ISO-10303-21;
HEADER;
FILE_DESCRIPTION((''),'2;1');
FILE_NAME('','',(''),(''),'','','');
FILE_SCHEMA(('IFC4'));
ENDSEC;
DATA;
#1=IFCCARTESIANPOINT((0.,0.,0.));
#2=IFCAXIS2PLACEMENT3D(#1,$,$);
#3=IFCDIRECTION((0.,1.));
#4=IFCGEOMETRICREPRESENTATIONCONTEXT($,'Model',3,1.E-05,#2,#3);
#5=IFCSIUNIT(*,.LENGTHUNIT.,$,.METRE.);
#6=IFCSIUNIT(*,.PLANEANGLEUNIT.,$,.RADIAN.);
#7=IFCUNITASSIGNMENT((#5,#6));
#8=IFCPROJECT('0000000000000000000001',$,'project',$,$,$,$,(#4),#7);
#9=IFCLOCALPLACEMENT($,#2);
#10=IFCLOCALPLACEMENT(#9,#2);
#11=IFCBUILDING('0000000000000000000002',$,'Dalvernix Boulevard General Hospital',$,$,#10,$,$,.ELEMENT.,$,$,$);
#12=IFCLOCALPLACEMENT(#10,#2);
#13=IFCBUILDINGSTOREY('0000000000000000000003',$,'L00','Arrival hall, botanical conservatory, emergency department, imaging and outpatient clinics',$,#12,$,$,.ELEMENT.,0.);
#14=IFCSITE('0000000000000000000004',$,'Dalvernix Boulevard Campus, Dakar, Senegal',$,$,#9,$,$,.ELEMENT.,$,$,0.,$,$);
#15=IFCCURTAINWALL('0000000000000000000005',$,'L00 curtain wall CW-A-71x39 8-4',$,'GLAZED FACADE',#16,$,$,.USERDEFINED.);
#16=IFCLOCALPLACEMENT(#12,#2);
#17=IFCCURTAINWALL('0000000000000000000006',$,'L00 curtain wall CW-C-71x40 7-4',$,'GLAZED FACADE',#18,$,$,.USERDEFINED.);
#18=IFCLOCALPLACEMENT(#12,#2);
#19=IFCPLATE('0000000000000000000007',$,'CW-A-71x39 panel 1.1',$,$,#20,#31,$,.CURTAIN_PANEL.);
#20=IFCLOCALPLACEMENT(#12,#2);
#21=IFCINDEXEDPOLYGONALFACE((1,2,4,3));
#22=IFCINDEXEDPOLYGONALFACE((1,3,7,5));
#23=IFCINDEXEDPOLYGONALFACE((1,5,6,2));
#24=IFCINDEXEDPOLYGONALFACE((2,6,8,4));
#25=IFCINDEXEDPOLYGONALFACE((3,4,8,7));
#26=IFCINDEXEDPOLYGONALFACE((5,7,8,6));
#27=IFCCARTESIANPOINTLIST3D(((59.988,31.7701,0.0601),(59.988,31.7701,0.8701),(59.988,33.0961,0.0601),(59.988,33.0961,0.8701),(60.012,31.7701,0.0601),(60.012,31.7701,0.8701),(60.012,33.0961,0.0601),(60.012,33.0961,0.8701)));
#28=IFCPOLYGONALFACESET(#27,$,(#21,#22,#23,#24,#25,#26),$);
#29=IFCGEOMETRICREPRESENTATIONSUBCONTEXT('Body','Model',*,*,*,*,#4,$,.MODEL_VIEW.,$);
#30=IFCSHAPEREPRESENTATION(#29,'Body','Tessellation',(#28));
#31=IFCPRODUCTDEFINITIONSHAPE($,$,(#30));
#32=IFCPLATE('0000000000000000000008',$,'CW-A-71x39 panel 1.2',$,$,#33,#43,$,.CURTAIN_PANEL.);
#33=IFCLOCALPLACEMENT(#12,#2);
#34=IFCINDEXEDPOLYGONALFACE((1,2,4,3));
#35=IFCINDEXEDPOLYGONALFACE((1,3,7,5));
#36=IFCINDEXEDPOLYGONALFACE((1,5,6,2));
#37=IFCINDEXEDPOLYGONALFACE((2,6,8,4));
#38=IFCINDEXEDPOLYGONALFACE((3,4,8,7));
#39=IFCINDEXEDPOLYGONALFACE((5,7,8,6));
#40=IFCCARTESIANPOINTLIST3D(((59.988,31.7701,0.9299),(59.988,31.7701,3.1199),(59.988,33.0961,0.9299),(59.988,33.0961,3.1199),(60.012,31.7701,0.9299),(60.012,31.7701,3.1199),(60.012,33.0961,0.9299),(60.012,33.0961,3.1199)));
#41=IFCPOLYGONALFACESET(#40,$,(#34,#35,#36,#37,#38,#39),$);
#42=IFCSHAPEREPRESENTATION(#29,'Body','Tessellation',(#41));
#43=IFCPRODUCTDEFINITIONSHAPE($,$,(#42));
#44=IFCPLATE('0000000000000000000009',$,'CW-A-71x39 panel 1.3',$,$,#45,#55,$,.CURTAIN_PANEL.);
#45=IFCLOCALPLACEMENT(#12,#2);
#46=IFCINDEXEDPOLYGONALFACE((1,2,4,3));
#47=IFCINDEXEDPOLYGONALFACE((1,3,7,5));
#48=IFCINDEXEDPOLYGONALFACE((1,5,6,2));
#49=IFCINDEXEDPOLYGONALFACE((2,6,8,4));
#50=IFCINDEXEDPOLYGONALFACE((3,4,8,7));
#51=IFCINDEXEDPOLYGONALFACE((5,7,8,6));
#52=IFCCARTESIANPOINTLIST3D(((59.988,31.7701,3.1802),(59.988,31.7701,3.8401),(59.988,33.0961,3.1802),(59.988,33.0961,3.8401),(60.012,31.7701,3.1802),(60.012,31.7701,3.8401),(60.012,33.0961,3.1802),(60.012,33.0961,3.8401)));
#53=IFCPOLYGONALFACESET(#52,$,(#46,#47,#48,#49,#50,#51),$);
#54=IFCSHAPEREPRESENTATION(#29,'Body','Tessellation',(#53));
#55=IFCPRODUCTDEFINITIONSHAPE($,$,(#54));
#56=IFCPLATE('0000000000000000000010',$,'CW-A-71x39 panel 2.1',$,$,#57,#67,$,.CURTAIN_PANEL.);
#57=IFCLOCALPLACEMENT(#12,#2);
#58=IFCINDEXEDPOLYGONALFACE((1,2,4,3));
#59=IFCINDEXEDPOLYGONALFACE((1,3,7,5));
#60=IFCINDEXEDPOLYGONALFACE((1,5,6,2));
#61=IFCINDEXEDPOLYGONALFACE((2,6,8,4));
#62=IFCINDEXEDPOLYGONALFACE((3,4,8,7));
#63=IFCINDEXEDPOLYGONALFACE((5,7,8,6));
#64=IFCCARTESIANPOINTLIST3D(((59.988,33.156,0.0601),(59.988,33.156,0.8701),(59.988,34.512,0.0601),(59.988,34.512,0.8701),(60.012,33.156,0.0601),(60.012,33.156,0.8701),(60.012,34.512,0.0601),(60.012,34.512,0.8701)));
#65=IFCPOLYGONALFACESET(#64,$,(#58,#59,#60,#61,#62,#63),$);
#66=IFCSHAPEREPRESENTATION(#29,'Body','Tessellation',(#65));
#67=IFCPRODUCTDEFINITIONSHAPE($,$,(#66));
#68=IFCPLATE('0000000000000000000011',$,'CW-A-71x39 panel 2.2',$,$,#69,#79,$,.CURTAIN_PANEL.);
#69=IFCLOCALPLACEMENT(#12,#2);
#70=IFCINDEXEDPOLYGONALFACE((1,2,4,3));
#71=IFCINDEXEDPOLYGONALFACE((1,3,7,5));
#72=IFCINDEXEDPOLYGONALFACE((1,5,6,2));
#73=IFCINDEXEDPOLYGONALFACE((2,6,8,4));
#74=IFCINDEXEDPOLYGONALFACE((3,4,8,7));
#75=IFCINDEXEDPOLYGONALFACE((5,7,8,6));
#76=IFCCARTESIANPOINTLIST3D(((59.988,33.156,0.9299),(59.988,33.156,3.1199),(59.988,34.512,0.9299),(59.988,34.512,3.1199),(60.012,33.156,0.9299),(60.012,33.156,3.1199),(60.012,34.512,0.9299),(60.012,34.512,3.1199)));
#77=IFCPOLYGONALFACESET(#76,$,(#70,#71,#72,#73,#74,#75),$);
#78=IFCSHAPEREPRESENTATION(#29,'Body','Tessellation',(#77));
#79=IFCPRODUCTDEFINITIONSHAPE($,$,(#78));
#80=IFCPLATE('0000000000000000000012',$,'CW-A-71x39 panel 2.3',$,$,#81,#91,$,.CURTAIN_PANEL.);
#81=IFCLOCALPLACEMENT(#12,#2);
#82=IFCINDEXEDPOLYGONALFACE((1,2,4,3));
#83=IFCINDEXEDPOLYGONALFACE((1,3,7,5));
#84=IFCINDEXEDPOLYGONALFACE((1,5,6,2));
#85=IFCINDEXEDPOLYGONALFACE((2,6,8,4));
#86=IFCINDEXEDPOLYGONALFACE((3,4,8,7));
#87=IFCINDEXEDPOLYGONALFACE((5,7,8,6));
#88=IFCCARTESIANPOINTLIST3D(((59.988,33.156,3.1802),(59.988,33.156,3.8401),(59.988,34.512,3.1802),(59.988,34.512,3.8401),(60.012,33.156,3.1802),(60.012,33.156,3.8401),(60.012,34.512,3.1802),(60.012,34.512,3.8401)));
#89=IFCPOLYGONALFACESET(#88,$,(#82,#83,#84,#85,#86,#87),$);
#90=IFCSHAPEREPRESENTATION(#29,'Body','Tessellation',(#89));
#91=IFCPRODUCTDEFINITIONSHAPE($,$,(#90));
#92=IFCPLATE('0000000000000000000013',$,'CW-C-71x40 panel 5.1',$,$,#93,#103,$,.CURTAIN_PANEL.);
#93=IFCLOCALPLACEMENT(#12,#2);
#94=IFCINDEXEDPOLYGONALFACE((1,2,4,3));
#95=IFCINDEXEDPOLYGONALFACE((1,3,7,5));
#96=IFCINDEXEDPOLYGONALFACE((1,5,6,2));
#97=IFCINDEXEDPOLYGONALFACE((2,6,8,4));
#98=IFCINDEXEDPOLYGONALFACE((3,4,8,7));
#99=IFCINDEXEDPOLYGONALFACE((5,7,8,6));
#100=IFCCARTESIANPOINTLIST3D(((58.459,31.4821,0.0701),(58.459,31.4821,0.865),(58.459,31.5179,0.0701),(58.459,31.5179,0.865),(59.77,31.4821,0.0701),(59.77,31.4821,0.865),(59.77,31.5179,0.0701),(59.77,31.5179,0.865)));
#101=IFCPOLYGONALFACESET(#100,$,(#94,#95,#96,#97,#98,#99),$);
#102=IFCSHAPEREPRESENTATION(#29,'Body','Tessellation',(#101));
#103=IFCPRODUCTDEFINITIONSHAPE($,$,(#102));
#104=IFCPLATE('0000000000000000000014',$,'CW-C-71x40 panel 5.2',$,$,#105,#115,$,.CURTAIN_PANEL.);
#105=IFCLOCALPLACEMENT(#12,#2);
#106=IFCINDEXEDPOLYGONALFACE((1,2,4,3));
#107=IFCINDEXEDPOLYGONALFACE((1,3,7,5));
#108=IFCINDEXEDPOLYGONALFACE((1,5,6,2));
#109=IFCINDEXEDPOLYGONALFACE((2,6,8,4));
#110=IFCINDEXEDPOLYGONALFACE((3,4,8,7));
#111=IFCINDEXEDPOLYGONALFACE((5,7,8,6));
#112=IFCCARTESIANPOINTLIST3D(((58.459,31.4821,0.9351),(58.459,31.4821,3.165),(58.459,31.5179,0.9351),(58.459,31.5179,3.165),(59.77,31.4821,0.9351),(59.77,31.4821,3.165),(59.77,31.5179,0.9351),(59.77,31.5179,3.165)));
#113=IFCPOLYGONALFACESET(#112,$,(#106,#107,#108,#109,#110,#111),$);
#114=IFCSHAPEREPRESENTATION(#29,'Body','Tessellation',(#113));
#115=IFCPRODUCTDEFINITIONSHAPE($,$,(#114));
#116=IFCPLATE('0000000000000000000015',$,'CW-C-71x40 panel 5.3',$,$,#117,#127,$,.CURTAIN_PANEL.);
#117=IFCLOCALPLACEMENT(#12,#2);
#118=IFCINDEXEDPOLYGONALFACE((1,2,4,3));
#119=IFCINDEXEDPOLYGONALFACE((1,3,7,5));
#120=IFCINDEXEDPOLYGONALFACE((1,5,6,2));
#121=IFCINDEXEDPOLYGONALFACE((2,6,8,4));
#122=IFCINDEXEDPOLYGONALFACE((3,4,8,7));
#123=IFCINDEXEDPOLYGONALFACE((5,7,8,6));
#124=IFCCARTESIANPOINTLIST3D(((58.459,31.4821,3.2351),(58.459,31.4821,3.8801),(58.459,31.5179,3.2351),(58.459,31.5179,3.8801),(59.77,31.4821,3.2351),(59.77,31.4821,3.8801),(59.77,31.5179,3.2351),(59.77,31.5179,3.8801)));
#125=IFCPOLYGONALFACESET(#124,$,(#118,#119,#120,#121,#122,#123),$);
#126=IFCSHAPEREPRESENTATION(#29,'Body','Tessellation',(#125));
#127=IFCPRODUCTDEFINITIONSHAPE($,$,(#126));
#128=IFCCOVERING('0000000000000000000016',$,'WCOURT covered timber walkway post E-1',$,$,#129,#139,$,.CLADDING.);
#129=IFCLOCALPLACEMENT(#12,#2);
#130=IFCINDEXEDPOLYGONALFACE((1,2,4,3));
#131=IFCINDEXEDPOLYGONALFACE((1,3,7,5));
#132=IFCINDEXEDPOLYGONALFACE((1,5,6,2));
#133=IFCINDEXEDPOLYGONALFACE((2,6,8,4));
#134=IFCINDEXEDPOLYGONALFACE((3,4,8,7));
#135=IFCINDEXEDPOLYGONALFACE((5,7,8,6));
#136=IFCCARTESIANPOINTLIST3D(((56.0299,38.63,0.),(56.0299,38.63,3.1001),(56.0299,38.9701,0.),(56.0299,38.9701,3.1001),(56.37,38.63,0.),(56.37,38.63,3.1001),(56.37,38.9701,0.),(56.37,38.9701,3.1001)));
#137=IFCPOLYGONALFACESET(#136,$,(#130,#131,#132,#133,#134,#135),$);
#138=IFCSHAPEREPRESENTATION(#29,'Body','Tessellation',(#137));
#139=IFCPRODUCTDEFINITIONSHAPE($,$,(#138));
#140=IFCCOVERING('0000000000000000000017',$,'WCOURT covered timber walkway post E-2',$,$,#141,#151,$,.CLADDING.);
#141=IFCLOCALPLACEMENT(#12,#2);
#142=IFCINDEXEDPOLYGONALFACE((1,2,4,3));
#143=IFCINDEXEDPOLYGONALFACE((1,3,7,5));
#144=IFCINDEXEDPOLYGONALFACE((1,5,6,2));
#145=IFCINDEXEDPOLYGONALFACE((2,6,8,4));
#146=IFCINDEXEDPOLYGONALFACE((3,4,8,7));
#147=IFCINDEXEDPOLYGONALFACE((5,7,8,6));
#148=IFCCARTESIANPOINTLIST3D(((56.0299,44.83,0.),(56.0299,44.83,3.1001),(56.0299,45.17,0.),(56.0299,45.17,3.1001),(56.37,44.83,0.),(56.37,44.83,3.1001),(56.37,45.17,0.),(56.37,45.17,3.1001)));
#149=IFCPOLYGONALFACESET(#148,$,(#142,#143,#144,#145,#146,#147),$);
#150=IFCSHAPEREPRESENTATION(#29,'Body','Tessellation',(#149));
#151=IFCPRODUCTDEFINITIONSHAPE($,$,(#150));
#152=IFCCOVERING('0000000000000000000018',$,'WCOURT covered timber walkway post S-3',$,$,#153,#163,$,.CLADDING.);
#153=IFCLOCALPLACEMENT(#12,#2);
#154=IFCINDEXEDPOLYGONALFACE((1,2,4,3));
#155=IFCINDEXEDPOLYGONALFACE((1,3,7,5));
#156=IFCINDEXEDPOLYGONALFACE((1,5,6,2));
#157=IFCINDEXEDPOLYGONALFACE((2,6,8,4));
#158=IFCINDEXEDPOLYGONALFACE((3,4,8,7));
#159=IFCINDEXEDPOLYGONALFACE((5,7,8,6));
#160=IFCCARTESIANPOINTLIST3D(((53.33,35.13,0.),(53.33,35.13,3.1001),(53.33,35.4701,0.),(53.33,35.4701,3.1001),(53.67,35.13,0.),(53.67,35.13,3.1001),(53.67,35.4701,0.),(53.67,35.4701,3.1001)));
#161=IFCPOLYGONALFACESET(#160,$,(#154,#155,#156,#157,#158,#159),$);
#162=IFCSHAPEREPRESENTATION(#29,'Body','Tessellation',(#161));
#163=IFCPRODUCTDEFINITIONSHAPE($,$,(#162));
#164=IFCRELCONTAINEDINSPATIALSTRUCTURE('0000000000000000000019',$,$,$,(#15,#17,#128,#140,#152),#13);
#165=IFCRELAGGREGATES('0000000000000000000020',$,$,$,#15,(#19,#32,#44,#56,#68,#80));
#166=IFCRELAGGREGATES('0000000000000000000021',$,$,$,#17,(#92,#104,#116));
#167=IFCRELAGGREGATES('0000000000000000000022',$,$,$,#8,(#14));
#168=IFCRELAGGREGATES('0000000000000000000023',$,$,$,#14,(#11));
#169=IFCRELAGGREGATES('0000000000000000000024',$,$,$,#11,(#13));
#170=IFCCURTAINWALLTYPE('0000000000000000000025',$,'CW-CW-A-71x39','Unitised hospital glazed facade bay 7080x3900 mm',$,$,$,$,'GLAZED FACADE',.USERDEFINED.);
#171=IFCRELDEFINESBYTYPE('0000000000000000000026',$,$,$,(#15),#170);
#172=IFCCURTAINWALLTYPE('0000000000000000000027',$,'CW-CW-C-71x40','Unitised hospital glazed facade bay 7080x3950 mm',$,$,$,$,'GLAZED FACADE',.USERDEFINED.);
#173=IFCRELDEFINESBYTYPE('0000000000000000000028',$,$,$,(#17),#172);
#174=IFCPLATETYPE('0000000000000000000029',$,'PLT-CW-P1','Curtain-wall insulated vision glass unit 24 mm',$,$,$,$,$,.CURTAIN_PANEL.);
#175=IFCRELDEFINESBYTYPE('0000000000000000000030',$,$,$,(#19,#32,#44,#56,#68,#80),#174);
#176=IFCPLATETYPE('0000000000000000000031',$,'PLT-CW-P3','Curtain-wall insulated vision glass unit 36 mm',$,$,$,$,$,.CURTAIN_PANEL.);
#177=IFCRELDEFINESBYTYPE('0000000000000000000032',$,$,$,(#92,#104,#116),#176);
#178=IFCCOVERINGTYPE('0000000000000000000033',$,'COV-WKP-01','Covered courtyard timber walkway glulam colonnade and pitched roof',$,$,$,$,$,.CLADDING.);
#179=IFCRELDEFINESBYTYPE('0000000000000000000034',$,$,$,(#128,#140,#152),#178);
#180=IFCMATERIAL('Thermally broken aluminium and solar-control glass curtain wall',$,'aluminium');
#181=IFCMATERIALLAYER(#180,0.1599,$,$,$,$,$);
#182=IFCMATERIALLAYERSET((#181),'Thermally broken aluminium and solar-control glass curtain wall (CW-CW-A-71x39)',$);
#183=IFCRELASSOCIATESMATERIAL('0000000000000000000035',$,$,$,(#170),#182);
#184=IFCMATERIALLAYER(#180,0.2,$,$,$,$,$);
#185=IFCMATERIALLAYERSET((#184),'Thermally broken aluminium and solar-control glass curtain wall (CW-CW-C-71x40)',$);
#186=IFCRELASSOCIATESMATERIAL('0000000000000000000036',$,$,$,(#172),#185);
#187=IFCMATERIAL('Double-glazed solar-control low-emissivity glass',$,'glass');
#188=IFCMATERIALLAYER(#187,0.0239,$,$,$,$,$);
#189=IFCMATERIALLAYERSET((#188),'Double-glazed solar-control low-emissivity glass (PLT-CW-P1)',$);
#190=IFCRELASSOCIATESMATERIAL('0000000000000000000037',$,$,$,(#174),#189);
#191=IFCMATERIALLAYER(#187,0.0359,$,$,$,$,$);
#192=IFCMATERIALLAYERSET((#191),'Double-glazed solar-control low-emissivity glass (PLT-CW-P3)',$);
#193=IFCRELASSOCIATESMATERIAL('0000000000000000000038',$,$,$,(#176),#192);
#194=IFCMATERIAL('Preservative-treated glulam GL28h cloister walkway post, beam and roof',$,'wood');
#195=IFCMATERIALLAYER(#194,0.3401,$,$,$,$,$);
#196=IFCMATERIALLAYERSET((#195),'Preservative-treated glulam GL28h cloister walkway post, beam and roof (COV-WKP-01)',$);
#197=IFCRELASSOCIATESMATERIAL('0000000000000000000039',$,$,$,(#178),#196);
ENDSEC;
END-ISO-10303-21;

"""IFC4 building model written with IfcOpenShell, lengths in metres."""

from ifc_helpers import new_model, si_unit, direction, frame, origin, origin_2d, place, context, subcontext, project, spatial, rectangle, extrude, material, layer, layer_set, type_object, element, aggregate, save


model = new_model("IFC4")

# Units and contexts
model_context = context("Model", 3, precision=1e-05, world=origin(), true_north=direction((0.0, 1.0)))
body_context = subcontext(model_context, "Body", "Model", "MODEL_VIEW")
ifc_project = project(units=[si_unit("LENGTHUNIT", "METRE"), si_unit("PLANEANGLEUNIT", "RADIAN")], contexts=[model_context])

# Site, building, storey
site_placement = place(None, origin())
site = spatial("IfcSite", under=ifc_project, at=site_placement, Name="Dalvernix Boulevard Campus, Dakar, Senegal", CompositionType="ELEMENT", RefElevation=0.0)
building_placement = place(site_placement, origin())
building = spatial("IfcBuilding", under=site, at=building_placement, Name="Dalvernix Boulevard General Hospital", CompositionType="ELEMENT")
storey_placement = place(building_placement, origin())
storey = spatial("IfcBuildingStorey", under=building, at=storey_placement, Name="L00", Description="Arrival hall, botanical conservatory, emergency department, imaging and outpatient clinics", CompositionType="ELEMENT", Elevation=0.0)

# Curtain wall
ifc_material_1 = material(Name="Thermally broken aluminium and solar-control glass curtain wall", Category="aluminium")
ifc_layer_1 = layer(ifc_material_1, 0.1599)
ifc_layer_set_1 = layer_set([ifc_layer_1], Name="Thermally broken aluminium and solar-control glass curtain wall (CW-CW-A-71x39)")
curtain_wall_type_1 = type_object("IfcCurtainWallType", Name="CW-CW-A-71x39", Description="Unitised hospital glazed facade bay 7080x3900 mm", ElementType="GLAZED FACADE", PredefinedType="USERDEFINED", material=ifc_layer_set_1)
curtain_wall_1_placement = place(storey_placement, origin())
curtain_wall_1 = element("IfcCurtainWall", 1, at=curtain_wall_1_placement, inside=storey, type_object=curtain_wall_type_1, Name="L00 curtain wall CW-A-71x39 8-4", ObjectType="GLAZED FACADE", PredefinedType="USERDEFINED")

# Curtain wall
ifc_layer_2 = layer(ifc_material_1, 0.2)
ifc_layer_set_2 = layer_set([ifc_layer_2], Name="Thermally broken aluminium and solar-control glass curtain wall (CW-CW-C-71x40)")
curtain_wall_type_2 = type_object("IfcCurtainWallType", Name="CW-CW-C-71x40", Description="Unitised hospital glazed facade bay 7080x3950 mm", ElementType="GLAZED FACADE", PredefinedType="USERDEFINED", material=ifc_layer_set_2)
curtain_wall_2_placement = place(storey_placement, origin())
curtain_wall_2 = element("IfcCurtainWall", 2, at=curtain_wall_2_placement, inside=storey, type_object=curtain_wall_type_2, Name="L00 curtain wall CW-C-71x40 7-4", ObjectType="GLAZED FACADE", PredefinedType="USERDEFINED")

# Plates
ifc_material_2 = material(Name="Double-glazed solar-control low-emissivity glass", Category="glass")
ifc_layer_3 = layer(ifc_material_2, 0.0239)
ifc_layer_set_3 = layer_set([ifc_layer_3], Name="Double-glazed solar-control low-emissivity glass (PLT-CW-P1)")
plate_type_1 = type_object("IfcPlateType", Name="PLT-CW-P1", Description="Curtain-wall insulated vision glass unit 24 mm", PredefinedType="CURTAIN_PANEL", material=ifc_layer_set_3)
plate_1_placement = place(storey_placement, frame((60.0, 32.4331, 0.0601), z_axis=(0.0, 0.0, 1.0), x_axis=(0.0, 1.0, 0.0)))
plate_1 = element("IfcPlate", 3, at=plate_1_placement, type_object=plate_type_1, Name="CW-A-71x39 panel 1.1", PredefinedType="CURTAIN_PANEL", context=body_context, shape_type="SweptSolid", body=[
    extrude(rectangle(XDim=1.3259, YDim=0.0239, at=origin_2d()), origin(), (0.0, 0.0, 1.0), 0.8101),
])
plate_2_placement = place(storey_placement, frame((60.0, 32.4331, 0.9299), z_axis=(0.0, 0.0, 1.0), x_axis=(0.0, 1.0, 0.0)))
plate_2 = element("IfcPlate", 4, at=plate_2_placement, type_object=plate_type_1, Name="CW-A-71x39 panel 1.2", PredefinedType="CURTAIN_PANEL", context=body_context, shape_type="SweptSolid", body=[
    extrude(rectangle(XDim=1.3259, YDim=0.0239, at=origin_2d()), origin(), (0.0, 0.0, 1.0), 2.1899),
])
plate_3_placement = place(storey_placement, frame((60.0, 32.4331, 3.1802), z_axis=(0.0, 0.0, 1.0), x_axis=(0.0, 1.0, 0.0)))
plate_3 = element("IfcPlate", 5, at=plate_3_placement, type_object=plate_type_1, Name="CW-A-71x39 panel 1.3", PredefinedType="CURTAIN_PANEL", context=body_context, shape_type="SweptSolid", body=[
    extrude(rectangle(XDim=1.3259, YDim=0.0239, at=origin_2d()), origin(), (0.0, 0.0, 1.0), 0.6599),
])
plate_4_placement = place(storey_placement, frame((60.0, 33.834, 0.0601), z_axis=(0.0, 0.0, 1.0), x_axis=(0.0, 1.0, 0.0)))
plate_4 = element("IfcPlate", 6, at=plate_4_placement, type_object=plate_type_1, Name="CW-A-71x39 panel 2.1", PredefinedType="CURTAIN_PANEL", context=body_context, shape_type="SweptSolid", body=[
    extrude(rectangle(XDim=1.356, YDim=0.0239, at=origin_2d()), origin(), (0.0, 0.0, 1.0), 0.8101),
])
plate_5_placement = place(storey_placement, frame((60.0, 33.834, 0.9299), z_axis=(0.0, 0.0, 1.0), x_axis=(0.0, 1.0, 0.0)))
plate_5 = element("IfcPlate", 7, at=plate_5_placement, type_object=plate_type_1, Name="CW-A-71x39 panel 2.2", PredefinedType="CURTAIN_PANEL", context=body_context, shape_type="SweptSolid", body=[
    extrude(rectangle(XDim=1.356, YDim=0.0239, at=origin_2d()), origin(), (0.0, 0.0, 1.0), 2.1899),
])
plate_6_placement = place(storey_placement, frame((60.0, 33.834, 3.1802), z_axis=(0.0, 0.0, 1.0), x_axis=(0.0, 1.0, 0.0)))
plate_6 = element("IfcPlate", 8, at=plate_6_placement, type_object=plate_type_1, Name="CW-A-71x39 panel 2.3", PredefinedType="CURTAIN_PANEL", context=body_context, shape_type="SweptSolid", body=[
    extrude(rectangle(XDim=1.356, YDim=0.0239, at=origin_2d()), origin(), (0.0, 0.0, 1.0), 0.6599),
])
aggregate(curtain_wall_1, [plate_1, plate_2, plate_3, plate_4, plate_5, plate_6])
ifc_layer_4 = layer(ifc_material_2, 0.0359)
ifc_layer_set_4 = layer_set([ifc_layer_4], Name="Double-glazed solar-control low-emissivity glass (PLT-CW-P3)")
plate_type_2 = type_object("IfcPlateType", Name="PLT-CW-P3", Description="Curtain-wall insulated vision glass unit 36 mm", PredefinedType="CURTAIN_PANEL", material=ifc_layer_set_4)
plate_7_placement = place(storey_placement, frame((59.1145, 31.5, 0.0701), z_axis=(0.0, 0.0, 1.0), x_axis=(1.0, 0.0, 0.0)))
plate_7 = element("IfcPlate", 9, at=plate_7_placement, type_object=plate_type_2, Name="CW-C-71x40 panel 5.1", PredefinedType="CURTAIN_PANEL", context=body_context, shape_type="SweptSolid", body=[
    extrude(rectangle(XDim=1.311, YDim=0.0359, at=origin_2d()), origin(), (0.0, 0.0, 1.0), 0.7949),
])
plate_8_placement = place(storey_placement, frame((59.1145, 31.5, 0.9351), z_axis=(0.0, 0.0, 1.0), x_axis=(1.0, 0.0, 0.0)))
plate_8 = element("IfcPlate", 10, at=plate_8_placement, type_object=plate_type_2, Name="CW-C-71x40 panel 5.2", PredefinedType="CURTAIN_PANEL", context=body_context, shape_type="SweptSolid", body=[
    extrude(rectangle(XDim=1.311, YDim=0.0359, at=origin_2d()), origin(), (0.0, 0.0, 1.0), 2.23),
])
plate_9_placement = place(storey_placement, frame((59.1145, 31.5, 3.2351), z_axis=(0.0, 0.0, 1.0), x_axis=(1.0, 0.0, 0.0)))
plate_9 = element("IfcPlate", 11, at=plate_9_placement, type_object=plate_type_2, Name="CW-C-71x40 panel 5.3", PredefinedType="CURTAIN_PANEL", context=body_context, shape_type="SweptSolid", body=[
    extrude(rectangle(XDim=1.311, YDim=0.0359, at=origin_2d()), origin(), (0.0, 0.0, 1.0), 0.645),
])
aggregate(curtain_wall_2, [plate_7, plate_8, plate_9])

# Coverings
ifc_material_3 = material(Name="Preservative-treated glulam GL28h cloister walkway post, beam and roof", Category="wood")
ifc_layer_5 = layer(ifc_material_3, 0.3401)
ifc_layer_set_5 = layer_set([ifc_layer_5], Name="Preservative-treated glulam GL28h cloister walkway post, beam and roof (COV-WKP-01)")
covering_type = type_object("IfcCoveringType", Name="COV-WKP-01", Description="Covered courtyard timber walkway glulam colonnade and pitched roof", PredefinedType="CLADDING", material=ifc_layer_set_5)
for number, where, z_axis, x_axis, name in (
    (12, (56.2, 38.8, 0.0), (0.0, 0.0, 1.0), (1.0, 0.0, 0.0), "WCOURT covered timber walkway post E-1"),
    (13, (56.2, 45.0, 0.0), (0.0, 0.0, 1.0), (1.0, 0.0, 0.0), "WCOURT covered timber walkway post E-2"),
    (14, (53.5, 35.3, 0.0), (0.0, 0.0, 1.0), (1.0, 0.0, 0.0), "WCOURT covered timber walkway post S-3"),
):
    element("IfcCovering", number, at=place(storey_placement, frame(where, z_axis=z_axis, x_axis=x_axis)), inside=storey, type_object=covering_type, Name=name, PredefinedType="CLADDING", context=body_context, shape_type="SweptSolid", body=[
        extrude(rectangle(XDim=0.3401, YDim=0.3401, at=origin_2d()), origin(), (0.0, 0.0, 1.0), 3.1001),
    ])

save(model, "model.ifc")
